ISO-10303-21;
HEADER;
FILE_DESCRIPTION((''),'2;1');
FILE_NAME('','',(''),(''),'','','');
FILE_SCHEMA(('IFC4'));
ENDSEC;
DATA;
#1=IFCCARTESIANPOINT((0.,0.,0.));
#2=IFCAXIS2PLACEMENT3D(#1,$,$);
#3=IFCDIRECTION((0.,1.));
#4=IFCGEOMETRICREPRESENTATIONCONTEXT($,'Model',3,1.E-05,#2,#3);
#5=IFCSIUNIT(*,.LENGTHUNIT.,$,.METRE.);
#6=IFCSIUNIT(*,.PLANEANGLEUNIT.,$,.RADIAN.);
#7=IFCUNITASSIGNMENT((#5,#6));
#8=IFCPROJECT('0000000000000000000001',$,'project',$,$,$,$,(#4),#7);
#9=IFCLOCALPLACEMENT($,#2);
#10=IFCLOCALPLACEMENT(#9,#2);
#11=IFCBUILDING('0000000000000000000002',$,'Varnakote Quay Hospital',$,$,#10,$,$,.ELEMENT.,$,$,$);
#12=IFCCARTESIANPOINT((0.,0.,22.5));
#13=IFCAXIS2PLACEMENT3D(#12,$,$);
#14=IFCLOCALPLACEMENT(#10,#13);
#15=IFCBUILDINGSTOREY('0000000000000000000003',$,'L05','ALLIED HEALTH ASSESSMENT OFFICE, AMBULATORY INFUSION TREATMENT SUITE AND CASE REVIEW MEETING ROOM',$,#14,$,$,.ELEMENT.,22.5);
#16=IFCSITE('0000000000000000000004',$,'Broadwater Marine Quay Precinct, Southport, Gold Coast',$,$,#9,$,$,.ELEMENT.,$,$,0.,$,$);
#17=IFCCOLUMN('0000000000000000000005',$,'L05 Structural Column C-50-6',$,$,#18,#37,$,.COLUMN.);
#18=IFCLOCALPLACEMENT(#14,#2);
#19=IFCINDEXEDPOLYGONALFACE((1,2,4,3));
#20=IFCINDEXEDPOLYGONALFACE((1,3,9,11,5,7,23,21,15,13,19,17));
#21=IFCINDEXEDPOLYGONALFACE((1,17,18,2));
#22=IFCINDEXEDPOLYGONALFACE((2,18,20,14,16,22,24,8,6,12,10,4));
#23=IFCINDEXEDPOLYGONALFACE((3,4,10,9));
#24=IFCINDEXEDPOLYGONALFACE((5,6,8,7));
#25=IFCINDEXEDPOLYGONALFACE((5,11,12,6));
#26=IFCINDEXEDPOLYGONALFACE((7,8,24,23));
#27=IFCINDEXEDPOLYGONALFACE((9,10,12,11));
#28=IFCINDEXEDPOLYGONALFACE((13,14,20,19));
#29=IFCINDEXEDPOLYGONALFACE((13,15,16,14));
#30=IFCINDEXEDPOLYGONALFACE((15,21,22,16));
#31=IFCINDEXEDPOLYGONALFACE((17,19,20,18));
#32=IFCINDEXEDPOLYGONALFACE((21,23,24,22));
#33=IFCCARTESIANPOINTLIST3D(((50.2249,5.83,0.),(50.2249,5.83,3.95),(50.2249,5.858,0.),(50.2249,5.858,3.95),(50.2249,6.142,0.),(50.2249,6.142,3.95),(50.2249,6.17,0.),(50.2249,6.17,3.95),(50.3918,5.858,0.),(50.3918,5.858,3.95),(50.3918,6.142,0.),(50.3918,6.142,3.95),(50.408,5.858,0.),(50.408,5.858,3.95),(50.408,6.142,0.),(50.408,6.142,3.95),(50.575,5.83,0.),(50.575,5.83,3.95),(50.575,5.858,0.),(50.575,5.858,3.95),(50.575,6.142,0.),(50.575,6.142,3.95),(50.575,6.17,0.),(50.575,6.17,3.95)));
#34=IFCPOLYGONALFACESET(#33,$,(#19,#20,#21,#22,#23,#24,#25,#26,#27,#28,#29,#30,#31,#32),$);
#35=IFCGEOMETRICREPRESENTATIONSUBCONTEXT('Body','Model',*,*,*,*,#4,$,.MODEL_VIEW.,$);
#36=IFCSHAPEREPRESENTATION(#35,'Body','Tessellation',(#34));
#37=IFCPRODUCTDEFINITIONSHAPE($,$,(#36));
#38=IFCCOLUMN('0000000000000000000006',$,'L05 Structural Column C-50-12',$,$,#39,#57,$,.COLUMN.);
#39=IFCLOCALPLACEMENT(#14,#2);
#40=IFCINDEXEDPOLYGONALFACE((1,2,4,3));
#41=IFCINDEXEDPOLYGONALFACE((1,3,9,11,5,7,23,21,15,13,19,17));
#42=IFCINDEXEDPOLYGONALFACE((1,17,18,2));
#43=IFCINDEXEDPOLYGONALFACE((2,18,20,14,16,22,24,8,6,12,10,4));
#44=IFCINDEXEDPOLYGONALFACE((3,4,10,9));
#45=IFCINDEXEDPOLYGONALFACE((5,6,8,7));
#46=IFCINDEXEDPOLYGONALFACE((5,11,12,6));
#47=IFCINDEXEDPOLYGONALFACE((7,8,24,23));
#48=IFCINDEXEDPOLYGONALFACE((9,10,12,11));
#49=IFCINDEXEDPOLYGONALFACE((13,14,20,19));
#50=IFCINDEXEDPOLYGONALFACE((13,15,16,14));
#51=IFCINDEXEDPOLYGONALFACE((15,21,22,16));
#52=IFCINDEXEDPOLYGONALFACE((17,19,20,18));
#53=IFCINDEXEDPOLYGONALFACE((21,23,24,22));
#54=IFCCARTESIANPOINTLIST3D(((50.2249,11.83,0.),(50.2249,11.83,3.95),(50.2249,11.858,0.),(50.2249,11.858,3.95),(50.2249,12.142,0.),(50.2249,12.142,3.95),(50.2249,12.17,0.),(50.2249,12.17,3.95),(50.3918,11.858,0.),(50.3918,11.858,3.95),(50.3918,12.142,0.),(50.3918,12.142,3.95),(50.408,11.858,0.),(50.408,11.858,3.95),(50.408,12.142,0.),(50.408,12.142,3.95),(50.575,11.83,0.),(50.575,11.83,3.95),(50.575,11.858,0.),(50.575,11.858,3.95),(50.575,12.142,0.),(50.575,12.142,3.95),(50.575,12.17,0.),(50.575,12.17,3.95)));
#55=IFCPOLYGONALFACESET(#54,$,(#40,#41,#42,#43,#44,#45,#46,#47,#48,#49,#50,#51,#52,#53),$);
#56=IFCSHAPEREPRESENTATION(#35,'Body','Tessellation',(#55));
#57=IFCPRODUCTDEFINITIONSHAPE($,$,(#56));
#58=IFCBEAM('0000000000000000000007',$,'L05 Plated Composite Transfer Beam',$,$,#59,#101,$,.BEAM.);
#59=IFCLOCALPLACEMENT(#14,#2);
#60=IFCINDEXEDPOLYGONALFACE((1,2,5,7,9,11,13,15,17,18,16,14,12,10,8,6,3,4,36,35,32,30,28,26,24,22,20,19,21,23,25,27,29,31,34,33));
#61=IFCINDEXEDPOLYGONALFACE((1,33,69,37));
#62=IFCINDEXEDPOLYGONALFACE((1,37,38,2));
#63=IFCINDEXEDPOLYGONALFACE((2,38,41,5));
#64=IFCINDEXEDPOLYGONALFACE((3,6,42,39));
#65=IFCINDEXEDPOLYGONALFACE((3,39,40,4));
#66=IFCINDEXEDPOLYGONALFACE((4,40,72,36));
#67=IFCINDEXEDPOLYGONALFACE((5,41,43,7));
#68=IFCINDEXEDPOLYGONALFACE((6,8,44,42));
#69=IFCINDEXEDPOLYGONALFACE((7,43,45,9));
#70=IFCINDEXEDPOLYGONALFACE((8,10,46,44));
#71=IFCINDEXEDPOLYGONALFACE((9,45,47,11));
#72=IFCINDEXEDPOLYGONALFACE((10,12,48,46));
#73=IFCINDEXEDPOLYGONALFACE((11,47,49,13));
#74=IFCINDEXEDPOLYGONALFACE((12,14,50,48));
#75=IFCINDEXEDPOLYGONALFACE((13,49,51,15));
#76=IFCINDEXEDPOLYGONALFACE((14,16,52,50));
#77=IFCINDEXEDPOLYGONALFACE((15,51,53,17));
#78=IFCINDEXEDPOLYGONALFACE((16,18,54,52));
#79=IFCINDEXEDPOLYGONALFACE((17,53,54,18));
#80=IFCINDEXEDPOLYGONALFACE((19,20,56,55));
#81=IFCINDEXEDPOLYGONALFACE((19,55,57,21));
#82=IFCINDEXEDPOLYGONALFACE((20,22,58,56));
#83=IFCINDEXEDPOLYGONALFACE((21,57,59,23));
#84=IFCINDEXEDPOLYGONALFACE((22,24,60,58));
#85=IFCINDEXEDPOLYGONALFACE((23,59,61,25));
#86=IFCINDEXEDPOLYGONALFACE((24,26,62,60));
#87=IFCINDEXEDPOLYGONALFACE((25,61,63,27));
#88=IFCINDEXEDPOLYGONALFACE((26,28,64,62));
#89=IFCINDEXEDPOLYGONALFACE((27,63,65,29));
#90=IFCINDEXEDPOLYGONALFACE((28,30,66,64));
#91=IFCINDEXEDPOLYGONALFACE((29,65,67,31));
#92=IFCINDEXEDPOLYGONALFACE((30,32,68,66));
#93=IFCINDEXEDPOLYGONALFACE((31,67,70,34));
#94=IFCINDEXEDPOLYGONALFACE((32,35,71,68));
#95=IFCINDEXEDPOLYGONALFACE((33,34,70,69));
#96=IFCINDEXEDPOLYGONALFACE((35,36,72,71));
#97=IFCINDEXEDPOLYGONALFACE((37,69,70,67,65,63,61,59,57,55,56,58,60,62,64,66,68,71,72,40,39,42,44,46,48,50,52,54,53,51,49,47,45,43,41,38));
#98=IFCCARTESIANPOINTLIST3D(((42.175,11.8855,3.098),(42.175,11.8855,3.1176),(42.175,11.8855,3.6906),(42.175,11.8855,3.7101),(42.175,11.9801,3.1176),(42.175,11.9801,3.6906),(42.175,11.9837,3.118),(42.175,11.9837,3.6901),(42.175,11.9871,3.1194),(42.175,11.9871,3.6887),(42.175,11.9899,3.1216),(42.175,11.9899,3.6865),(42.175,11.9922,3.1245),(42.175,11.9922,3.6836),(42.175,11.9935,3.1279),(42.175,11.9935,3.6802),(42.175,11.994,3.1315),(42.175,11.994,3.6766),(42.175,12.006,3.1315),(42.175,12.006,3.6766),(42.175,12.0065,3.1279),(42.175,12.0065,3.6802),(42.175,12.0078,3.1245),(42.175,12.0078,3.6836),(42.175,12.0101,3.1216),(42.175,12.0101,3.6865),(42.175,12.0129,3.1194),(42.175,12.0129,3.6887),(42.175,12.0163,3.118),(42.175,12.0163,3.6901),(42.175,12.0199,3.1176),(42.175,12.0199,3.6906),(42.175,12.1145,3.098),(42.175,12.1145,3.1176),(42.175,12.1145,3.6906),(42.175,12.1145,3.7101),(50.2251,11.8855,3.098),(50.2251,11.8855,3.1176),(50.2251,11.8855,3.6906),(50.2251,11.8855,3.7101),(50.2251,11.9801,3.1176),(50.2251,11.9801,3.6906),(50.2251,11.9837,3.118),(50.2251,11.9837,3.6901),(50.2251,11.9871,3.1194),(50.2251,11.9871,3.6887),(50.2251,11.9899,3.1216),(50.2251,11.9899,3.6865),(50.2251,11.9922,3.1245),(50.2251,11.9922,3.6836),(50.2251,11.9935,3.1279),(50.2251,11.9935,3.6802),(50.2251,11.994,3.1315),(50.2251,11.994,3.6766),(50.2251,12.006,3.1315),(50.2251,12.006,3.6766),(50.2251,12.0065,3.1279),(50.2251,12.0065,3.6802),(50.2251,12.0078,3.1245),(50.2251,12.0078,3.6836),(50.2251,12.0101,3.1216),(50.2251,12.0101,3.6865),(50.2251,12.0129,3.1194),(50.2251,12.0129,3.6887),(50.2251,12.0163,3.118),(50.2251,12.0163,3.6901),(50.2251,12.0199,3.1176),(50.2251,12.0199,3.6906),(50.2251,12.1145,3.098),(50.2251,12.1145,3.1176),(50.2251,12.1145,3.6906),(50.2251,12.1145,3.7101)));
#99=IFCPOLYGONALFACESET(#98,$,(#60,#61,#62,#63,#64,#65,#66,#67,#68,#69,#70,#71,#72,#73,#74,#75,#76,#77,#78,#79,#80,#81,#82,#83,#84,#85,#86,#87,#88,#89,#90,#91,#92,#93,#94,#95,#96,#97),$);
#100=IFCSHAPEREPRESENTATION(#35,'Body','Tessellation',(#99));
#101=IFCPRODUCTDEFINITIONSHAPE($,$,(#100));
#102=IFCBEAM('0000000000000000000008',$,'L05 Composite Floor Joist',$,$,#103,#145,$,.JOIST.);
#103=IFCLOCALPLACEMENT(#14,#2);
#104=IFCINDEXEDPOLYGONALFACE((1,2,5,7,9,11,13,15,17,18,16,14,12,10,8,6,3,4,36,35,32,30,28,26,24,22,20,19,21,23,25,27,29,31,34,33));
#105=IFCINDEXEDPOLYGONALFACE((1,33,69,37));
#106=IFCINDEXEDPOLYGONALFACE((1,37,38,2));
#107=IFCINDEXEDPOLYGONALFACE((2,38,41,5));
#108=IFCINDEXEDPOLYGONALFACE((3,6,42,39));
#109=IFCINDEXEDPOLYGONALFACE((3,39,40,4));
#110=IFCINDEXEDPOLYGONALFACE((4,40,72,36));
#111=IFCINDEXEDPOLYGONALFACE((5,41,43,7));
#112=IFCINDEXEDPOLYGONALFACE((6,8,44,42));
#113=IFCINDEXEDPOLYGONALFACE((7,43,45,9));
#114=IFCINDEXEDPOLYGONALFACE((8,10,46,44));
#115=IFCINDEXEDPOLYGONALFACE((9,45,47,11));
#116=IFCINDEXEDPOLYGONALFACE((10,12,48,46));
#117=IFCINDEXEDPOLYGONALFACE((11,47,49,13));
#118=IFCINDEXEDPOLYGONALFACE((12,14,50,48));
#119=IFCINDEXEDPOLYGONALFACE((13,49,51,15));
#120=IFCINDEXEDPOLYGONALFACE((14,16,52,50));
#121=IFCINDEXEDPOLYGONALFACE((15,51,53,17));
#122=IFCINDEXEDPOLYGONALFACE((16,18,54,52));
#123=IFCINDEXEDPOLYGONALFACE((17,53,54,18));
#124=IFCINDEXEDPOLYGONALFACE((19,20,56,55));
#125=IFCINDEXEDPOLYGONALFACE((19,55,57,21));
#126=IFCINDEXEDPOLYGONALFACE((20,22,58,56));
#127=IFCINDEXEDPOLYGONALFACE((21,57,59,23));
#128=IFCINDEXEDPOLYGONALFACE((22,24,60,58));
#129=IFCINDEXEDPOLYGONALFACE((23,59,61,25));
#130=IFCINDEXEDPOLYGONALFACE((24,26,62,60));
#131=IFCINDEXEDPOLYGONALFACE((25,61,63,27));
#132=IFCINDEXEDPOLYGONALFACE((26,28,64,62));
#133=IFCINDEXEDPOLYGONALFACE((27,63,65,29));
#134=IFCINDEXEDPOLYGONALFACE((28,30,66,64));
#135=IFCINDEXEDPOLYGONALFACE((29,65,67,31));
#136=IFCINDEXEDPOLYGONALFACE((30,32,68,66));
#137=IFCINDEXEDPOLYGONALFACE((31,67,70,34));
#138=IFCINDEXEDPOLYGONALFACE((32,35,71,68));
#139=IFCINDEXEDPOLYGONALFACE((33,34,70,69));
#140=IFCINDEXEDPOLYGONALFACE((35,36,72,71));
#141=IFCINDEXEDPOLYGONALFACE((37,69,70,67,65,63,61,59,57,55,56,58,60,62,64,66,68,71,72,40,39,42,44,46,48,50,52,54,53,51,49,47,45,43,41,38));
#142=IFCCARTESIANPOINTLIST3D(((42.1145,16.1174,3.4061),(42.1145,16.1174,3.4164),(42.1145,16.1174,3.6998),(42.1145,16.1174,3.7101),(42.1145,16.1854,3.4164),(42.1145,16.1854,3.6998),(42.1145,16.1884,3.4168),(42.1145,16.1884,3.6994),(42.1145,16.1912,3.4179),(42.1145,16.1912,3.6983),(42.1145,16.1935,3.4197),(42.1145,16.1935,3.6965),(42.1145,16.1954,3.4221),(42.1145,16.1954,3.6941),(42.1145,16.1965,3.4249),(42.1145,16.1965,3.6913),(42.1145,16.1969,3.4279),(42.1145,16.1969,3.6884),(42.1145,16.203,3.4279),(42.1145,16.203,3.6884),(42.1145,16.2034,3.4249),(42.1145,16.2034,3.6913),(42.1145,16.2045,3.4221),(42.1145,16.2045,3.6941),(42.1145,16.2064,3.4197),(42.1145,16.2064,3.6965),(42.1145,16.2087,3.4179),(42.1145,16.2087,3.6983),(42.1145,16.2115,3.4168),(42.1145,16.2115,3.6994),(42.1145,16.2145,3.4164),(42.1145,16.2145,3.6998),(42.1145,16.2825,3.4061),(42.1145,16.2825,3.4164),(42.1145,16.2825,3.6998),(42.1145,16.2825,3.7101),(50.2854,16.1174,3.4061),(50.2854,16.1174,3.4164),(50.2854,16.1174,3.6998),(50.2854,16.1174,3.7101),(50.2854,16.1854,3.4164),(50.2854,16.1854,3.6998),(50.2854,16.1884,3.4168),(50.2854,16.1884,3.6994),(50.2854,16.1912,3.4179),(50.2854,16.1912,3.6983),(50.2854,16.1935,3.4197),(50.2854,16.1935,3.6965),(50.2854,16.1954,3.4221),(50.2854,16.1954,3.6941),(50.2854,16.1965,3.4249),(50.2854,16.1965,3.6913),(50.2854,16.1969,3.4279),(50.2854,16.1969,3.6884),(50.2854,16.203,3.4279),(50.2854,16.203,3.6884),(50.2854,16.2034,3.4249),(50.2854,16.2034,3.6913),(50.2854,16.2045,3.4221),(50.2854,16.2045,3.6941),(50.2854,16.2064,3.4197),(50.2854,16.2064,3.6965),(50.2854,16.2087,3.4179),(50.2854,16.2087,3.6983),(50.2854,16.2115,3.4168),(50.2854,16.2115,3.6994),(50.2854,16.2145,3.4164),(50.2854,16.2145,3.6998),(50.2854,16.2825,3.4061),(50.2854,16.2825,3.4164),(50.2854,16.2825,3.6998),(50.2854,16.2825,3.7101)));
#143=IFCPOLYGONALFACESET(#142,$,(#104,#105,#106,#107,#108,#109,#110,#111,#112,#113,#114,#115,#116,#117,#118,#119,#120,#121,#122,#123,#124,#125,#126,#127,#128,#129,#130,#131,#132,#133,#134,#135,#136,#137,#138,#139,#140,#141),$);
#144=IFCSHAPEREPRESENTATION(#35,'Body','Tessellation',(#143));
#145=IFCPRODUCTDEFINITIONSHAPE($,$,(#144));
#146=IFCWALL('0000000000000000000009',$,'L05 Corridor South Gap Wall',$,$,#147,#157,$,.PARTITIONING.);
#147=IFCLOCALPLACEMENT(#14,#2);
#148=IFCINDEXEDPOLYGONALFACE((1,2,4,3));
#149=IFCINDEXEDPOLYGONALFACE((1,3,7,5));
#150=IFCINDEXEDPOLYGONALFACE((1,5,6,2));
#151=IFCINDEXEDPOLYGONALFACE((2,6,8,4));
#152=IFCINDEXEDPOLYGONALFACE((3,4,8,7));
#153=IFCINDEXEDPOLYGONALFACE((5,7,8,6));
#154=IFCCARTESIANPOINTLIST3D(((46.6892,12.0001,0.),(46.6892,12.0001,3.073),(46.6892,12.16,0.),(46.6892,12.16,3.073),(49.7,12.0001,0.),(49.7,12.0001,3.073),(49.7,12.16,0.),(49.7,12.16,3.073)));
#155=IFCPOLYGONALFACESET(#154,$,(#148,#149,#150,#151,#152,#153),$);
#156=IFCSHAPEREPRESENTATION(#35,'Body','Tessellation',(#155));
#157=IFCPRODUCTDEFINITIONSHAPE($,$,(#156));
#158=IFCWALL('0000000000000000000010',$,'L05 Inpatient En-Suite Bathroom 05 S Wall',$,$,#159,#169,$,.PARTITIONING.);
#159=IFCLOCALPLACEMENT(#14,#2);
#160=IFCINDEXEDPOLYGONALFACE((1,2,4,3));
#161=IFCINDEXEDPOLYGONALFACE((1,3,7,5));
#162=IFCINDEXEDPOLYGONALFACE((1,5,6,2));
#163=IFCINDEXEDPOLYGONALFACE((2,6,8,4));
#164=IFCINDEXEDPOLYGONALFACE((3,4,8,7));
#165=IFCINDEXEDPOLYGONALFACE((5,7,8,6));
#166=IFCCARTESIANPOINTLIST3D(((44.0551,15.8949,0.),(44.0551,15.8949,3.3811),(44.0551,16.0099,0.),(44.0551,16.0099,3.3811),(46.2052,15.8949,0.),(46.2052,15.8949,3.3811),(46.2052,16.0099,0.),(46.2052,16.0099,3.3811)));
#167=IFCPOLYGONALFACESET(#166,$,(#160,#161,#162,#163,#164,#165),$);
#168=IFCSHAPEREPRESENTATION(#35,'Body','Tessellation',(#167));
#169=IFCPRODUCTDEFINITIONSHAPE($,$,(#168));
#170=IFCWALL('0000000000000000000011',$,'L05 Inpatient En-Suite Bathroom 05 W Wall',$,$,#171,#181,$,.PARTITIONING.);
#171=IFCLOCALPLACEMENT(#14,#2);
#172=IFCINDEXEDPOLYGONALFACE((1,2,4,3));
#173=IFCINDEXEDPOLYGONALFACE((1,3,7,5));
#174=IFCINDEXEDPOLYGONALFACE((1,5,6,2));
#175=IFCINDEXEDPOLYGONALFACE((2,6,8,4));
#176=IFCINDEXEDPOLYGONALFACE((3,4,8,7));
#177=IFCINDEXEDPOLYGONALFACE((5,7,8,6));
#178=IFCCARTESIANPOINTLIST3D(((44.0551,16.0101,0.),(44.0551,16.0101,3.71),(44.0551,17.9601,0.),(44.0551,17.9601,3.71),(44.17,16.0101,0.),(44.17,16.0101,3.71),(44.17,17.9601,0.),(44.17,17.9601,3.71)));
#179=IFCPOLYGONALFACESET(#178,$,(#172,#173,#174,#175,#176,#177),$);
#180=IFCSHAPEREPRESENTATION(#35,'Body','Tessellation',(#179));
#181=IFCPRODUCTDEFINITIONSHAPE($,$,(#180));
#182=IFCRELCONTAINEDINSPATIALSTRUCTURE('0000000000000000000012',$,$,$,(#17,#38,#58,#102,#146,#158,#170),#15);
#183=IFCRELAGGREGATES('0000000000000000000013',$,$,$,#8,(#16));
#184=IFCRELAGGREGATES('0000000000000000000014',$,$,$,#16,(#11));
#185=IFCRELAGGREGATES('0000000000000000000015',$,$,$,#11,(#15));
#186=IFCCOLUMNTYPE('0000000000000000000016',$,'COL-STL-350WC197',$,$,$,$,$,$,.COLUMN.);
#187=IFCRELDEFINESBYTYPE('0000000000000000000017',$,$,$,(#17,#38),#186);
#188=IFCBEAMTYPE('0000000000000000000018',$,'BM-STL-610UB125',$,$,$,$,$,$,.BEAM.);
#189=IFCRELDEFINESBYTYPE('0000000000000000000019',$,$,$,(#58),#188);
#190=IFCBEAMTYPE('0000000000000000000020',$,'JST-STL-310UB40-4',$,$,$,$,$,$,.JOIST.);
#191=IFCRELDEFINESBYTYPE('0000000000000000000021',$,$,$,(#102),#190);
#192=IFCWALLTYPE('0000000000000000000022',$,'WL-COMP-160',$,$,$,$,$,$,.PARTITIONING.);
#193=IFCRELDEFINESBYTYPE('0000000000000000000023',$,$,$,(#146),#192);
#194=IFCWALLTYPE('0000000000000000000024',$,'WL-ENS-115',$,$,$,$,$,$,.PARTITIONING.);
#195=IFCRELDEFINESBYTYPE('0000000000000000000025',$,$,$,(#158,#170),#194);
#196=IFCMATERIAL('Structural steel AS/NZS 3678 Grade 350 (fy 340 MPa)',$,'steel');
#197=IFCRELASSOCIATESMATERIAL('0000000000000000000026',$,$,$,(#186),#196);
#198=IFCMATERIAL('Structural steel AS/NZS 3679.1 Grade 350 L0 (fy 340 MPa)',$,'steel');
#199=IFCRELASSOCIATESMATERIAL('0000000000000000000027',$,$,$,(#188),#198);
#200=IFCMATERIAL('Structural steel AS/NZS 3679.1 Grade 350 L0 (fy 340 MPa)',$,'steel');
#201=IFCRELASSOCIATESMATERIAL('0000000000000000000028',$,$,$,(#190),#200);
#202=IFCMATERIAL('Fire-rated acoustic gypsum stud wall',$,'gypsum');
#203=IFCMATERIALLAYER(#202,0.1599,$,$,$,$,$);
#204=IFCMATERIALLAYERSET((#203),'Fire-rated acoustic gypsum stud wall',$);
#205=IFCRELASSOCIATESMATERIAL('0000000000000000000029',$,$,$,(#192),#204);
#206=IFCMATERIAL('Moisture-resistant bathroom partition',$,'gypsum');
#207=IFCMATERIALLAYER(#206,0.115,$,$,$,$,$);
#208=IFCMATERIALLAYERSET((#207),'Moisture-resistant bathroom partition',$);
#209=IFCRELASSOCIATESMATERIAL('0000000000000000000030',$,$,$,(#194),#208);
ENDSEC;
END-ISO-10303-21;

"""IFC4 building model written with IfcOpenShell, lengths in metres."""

from ifc_helpers import new_model, si_unit, direction, frame, frame_2d, origin, origin_2d, place, context, subcontext, project, spatial, rectangle, i_section, extrude, material, layer, layer_set, material_profile, profile_set, type_object, element, save


model = new_model("IFC4")

# Units and contexts
model_context = context("Model", 3, precision=1e-05, world=origin(), true_north=direction((0.0, 1.0)))
body_context = subcontext(model_context, "Body", "Model", "MODEL_VIEW")
ifc_project = project(units=[si_unit("LENGTHUNIT", "METRE"), si_unit("PLANEANGLEUNIT", "RADIAN")], contexts=[model_context])

# Site, building, storey
site_placement = place(None, origin())
site = spatial("IfcSite", under=ifc_project, at=site_placement, Name="Broadwater Marine Quay Precinct, Southport, Gold Coast", CompositionType="ELEMENT", RefElevation=0.0)
building_placement = place(site_placement, origin())
building = spatial("IfcBuilding", under=site, at=building_placement, Name="Varnakote Quay Hospital", CompositionType="ELEMENT")
storey_placement = place(building_placement, frame((0.0, 0.0, 22.5)))
storey = spatial("IfcBuildingStorey", under=building, at=storey_placement, Name="L05", Description="ALLIED HEALTH ASSESSMENT OFFICE, AMBULATORY INFUSION TREATMENT SUITE AND CASE REVIEW MEETING ROOM", CompositionType="ELEMENT", Elevation=22.5)

# Columns
ifc_material_1 = material(Name="Structural steel AS/NZS 3678 Grade 350 (fy 340 MPa)", Category="steel")
ifc_material_profile_1 = material_profile(ifc_material_1, i_section(OverallWidth=0.3501, OverallDepth=0.3401, WebThickness=0.0161, FlangeThickness=0.0281, at=origin_2d()), Name="350WC197")
ifc_profile_set_1 = profile_set([ifc_material_profile_1], Name="Structural steel AS/NZS 3678 Grade 350 (fy 340 MPa)")
column_type = type_object("IfcColumnType", Name="COL-STL-350WC197", PredefinedType="COLUMN", material=ifc_profile_set_1)
for number, where, z_axis, x_axis, name in (
    (1, (50.3999, 6.0, 0.0), (0.0, 0.0, 1.0), (1.0, 0.0, 0.0), "L05 Structural Column C-50-6"),
    (2, (50.3999, 12.0, 0.0), (0.0, 0.0, 1.0), (1.0, 0.0, 0.0), "L05 Structural Column C-50-12"),
):
    element("IfcColumn", number, at=place(storey_placement, frame(where, z_axis=z_axis, x_axis=x_axis)), inside=storey, type_object=column_type, Name=name, PredefinedType="COLUMN", context=body_context, shape_type="SweptSolid", body=[
        extrude(i_section(OverallWidth=0.3501, OverallDepth=0.3401, WebThickness=0.0161, FlangeThickness=0.0281, at=origin_2d()), origin(), (0.0, 0.0, 1.0), 3.95),
    ])

# Beams
ifc_material_2 = material(Name="Structural steel AS/NZS 3679.1 Grade 350 L0 (fy 340 MPa)", Category="steel")
ifc_material_profile_2 = material_profile(ifc_material_2, i_section(OverallWidth=0.229, OverallDepth=0.6121, WebThickness=0.012, FlangeThickness=0.0195, FilletRadius=0.0139, at=origin_2d()), Name="610UB125")
ifc_profile_set_2 = profile_set([ifc_material_profile_2], Name="Structural steel AS/NZS 3679.1 Grade 350 L0 (fy 340 MPa)")
beam_type_1 = type_object("IfcBeamType", Name="BM-STL-610UB125", PredefinedType="BEAM", material=ifc_profile_set_2)
beam_1_placement = place(storey_placement, frame((42.175, 12.0, 3.4041), z_axis=(1.0, 0.0, 0.0), x_axis=(0.0, 1.0, 0.0)))
element("IfcBeam", 3, at=beam_1_placement, inside=storey, type_object=beam_type_1, Name="L05 Plated Composite Transfer Beam", PredefinedType="BEAM", context=body_context, shape_type="SweptSolid", body=[
    extrude(i_section(OverallWidth=0.229, OverallDepth=0.6121, WebThickness=0.012, FlangeThickness=0.0195, FilletRadius=0.0139, at=origin_2d()), origin(), (0.0, 0.0, 1.0), 8.05),
])
ifc_material_3 = material(Name="Structural steel AS/NZS 3679.1 Grade 350 L0 (fy 340 MPa)", Category="steel")
ifc_material_profile_3 = material_profile(ifc_material_3, i_section(OverallWidth=0.165, OverallDepth=0.304, WebThickness=0.0061, FlangeThickness=0.0103, FilletRadius=0.0115, at=origin_2d()), Name="310UB40.4")
ifc_profile_set_3 = profile_set([ifc_material_profile_3], Name="Structural steel AS/NZS 3679.1 Grade 350 L0 (fy 340 MPa)")
beam_type_2 = type_object("IfcBeamType", Name="JST-STL-310UB40-4", PredefinedType="JOIST", material=ifc_profile_set_3)
beam_2_placement = place(storey_placement, frame((42.1145, 16.2, 3.5581), z_axis=(1.0, 0.0, 0.0), x_axis=(0.0, 1.0, 0.0)))
element("IfcBeam", 4, at=beam_2_placement, inside=storey, type_object=beam_type_2, Name="L05 Composite Floor Joist", PredefinedType="JOIST", context=body_context, shape_type="SweptSolid", body=[
    extrude(i_section(OverallWidth=0.165, OverallDepth=0.304, WebThickness=0.0061, FlangeThickness=0.0103, FilletRadius=0.0115, at=origin_2d()), origin(), (0.0, 0.0, 1.0), 8.1709),
])

# Walls
ifc_material_4 = material(Name="Fire-rated acoustic gypsum stud wall", Category="gypsum")
ifc_layer_1 = layer(ifc_material_4, 0.1599)
ifc_layer_set_1 = layer_set([ifc_layer_1], Name="Fire-rated acoustic gypsum stud wall")
wall_type_1 = type_object("IfcWallType", Name="WL-COMP-160", PredefinedType="PARTITIONING", material=ifc_layer_set_1)
wall_1_placement = place(storey_placement, frame((46.6892, 12.0801, 0.0), z_axis=(0.0, 0.0, 1.0), x_axis=(1.0, 0.0, 0.0)))
element("IfcWall", 5, at=wall_1_placement, inside=storey, type_object=wall_type_1, Name="L05 Corridor South Gap Wall", PredefinedType="PARTITIONING", context=body_context, shape_type="SweptSolid", body=[
    extrude(rectangle(XDim=3.0107, YDim=0.1599, at=frame_2d((1.5054, 0.0))), origin(), (0.0, 0.0, 1.0), 3.073),
])
ifc_material_5 = material(Name="Moisture-resistant bathroom partition", Category="gypsum")
ifc_layer_2 = layer(ifc_material_5, 0.115)
ifc_layer_set_2 = layer_set([ifc_layer_2], Name="Moisture-resistant bathroom partition")
wall_type_2 = type_object("IfcWallType", Name="WL-ENS-115", PredefinedType="PARTITIONING", material=ifc_layer_set_2)
wall_2_placement = place(storey_placement, frame((44.0549, 15.9524, 0.0), z_axis=(0.0, 0.0, 1.0), x_axis=(1.0, 0.0, 0.0)))
element("IfcWall", 6, at=wall_2_placement, inside=storey, type_object=wall_type_2, Name="L05 Inpatient En-Suite Bathroom 05 S Wall", PredefinedType="PARTITIONING", context=body_context, shape_type="SweptSolid", body=[
    extrude(rectangle(XDim=2.1501, YDim=0.115, at=frame_2d((1.0752, 0.0))), origin(), (0.0, 0.0, 1.0), 3.3811),
])
wall_3_placement = place(storey_placement, frame((44.1125, 16.01, 0.0), z_axis=(0.0, 0.0, 1.0), x_axis=(0.0, 1.0, 0.0)))
element("IfcWall", 7, at=wall_3_placement, inside=storey, type_object=wall_type_2, Name="L05 Inpatient En-Suite Bathroom 05 W Wall", PredefinedType="PARTITIONING", context=body_context, shape_type="SweptSolid", body=[
    extrude(rectangle(XDim=1.95, YDim=0.115, at=frame_2d((0.9751, 0.0))), origin(), (0.0, 0.0, 1.0), 3.71),
])

save(model, "model.ifc")
